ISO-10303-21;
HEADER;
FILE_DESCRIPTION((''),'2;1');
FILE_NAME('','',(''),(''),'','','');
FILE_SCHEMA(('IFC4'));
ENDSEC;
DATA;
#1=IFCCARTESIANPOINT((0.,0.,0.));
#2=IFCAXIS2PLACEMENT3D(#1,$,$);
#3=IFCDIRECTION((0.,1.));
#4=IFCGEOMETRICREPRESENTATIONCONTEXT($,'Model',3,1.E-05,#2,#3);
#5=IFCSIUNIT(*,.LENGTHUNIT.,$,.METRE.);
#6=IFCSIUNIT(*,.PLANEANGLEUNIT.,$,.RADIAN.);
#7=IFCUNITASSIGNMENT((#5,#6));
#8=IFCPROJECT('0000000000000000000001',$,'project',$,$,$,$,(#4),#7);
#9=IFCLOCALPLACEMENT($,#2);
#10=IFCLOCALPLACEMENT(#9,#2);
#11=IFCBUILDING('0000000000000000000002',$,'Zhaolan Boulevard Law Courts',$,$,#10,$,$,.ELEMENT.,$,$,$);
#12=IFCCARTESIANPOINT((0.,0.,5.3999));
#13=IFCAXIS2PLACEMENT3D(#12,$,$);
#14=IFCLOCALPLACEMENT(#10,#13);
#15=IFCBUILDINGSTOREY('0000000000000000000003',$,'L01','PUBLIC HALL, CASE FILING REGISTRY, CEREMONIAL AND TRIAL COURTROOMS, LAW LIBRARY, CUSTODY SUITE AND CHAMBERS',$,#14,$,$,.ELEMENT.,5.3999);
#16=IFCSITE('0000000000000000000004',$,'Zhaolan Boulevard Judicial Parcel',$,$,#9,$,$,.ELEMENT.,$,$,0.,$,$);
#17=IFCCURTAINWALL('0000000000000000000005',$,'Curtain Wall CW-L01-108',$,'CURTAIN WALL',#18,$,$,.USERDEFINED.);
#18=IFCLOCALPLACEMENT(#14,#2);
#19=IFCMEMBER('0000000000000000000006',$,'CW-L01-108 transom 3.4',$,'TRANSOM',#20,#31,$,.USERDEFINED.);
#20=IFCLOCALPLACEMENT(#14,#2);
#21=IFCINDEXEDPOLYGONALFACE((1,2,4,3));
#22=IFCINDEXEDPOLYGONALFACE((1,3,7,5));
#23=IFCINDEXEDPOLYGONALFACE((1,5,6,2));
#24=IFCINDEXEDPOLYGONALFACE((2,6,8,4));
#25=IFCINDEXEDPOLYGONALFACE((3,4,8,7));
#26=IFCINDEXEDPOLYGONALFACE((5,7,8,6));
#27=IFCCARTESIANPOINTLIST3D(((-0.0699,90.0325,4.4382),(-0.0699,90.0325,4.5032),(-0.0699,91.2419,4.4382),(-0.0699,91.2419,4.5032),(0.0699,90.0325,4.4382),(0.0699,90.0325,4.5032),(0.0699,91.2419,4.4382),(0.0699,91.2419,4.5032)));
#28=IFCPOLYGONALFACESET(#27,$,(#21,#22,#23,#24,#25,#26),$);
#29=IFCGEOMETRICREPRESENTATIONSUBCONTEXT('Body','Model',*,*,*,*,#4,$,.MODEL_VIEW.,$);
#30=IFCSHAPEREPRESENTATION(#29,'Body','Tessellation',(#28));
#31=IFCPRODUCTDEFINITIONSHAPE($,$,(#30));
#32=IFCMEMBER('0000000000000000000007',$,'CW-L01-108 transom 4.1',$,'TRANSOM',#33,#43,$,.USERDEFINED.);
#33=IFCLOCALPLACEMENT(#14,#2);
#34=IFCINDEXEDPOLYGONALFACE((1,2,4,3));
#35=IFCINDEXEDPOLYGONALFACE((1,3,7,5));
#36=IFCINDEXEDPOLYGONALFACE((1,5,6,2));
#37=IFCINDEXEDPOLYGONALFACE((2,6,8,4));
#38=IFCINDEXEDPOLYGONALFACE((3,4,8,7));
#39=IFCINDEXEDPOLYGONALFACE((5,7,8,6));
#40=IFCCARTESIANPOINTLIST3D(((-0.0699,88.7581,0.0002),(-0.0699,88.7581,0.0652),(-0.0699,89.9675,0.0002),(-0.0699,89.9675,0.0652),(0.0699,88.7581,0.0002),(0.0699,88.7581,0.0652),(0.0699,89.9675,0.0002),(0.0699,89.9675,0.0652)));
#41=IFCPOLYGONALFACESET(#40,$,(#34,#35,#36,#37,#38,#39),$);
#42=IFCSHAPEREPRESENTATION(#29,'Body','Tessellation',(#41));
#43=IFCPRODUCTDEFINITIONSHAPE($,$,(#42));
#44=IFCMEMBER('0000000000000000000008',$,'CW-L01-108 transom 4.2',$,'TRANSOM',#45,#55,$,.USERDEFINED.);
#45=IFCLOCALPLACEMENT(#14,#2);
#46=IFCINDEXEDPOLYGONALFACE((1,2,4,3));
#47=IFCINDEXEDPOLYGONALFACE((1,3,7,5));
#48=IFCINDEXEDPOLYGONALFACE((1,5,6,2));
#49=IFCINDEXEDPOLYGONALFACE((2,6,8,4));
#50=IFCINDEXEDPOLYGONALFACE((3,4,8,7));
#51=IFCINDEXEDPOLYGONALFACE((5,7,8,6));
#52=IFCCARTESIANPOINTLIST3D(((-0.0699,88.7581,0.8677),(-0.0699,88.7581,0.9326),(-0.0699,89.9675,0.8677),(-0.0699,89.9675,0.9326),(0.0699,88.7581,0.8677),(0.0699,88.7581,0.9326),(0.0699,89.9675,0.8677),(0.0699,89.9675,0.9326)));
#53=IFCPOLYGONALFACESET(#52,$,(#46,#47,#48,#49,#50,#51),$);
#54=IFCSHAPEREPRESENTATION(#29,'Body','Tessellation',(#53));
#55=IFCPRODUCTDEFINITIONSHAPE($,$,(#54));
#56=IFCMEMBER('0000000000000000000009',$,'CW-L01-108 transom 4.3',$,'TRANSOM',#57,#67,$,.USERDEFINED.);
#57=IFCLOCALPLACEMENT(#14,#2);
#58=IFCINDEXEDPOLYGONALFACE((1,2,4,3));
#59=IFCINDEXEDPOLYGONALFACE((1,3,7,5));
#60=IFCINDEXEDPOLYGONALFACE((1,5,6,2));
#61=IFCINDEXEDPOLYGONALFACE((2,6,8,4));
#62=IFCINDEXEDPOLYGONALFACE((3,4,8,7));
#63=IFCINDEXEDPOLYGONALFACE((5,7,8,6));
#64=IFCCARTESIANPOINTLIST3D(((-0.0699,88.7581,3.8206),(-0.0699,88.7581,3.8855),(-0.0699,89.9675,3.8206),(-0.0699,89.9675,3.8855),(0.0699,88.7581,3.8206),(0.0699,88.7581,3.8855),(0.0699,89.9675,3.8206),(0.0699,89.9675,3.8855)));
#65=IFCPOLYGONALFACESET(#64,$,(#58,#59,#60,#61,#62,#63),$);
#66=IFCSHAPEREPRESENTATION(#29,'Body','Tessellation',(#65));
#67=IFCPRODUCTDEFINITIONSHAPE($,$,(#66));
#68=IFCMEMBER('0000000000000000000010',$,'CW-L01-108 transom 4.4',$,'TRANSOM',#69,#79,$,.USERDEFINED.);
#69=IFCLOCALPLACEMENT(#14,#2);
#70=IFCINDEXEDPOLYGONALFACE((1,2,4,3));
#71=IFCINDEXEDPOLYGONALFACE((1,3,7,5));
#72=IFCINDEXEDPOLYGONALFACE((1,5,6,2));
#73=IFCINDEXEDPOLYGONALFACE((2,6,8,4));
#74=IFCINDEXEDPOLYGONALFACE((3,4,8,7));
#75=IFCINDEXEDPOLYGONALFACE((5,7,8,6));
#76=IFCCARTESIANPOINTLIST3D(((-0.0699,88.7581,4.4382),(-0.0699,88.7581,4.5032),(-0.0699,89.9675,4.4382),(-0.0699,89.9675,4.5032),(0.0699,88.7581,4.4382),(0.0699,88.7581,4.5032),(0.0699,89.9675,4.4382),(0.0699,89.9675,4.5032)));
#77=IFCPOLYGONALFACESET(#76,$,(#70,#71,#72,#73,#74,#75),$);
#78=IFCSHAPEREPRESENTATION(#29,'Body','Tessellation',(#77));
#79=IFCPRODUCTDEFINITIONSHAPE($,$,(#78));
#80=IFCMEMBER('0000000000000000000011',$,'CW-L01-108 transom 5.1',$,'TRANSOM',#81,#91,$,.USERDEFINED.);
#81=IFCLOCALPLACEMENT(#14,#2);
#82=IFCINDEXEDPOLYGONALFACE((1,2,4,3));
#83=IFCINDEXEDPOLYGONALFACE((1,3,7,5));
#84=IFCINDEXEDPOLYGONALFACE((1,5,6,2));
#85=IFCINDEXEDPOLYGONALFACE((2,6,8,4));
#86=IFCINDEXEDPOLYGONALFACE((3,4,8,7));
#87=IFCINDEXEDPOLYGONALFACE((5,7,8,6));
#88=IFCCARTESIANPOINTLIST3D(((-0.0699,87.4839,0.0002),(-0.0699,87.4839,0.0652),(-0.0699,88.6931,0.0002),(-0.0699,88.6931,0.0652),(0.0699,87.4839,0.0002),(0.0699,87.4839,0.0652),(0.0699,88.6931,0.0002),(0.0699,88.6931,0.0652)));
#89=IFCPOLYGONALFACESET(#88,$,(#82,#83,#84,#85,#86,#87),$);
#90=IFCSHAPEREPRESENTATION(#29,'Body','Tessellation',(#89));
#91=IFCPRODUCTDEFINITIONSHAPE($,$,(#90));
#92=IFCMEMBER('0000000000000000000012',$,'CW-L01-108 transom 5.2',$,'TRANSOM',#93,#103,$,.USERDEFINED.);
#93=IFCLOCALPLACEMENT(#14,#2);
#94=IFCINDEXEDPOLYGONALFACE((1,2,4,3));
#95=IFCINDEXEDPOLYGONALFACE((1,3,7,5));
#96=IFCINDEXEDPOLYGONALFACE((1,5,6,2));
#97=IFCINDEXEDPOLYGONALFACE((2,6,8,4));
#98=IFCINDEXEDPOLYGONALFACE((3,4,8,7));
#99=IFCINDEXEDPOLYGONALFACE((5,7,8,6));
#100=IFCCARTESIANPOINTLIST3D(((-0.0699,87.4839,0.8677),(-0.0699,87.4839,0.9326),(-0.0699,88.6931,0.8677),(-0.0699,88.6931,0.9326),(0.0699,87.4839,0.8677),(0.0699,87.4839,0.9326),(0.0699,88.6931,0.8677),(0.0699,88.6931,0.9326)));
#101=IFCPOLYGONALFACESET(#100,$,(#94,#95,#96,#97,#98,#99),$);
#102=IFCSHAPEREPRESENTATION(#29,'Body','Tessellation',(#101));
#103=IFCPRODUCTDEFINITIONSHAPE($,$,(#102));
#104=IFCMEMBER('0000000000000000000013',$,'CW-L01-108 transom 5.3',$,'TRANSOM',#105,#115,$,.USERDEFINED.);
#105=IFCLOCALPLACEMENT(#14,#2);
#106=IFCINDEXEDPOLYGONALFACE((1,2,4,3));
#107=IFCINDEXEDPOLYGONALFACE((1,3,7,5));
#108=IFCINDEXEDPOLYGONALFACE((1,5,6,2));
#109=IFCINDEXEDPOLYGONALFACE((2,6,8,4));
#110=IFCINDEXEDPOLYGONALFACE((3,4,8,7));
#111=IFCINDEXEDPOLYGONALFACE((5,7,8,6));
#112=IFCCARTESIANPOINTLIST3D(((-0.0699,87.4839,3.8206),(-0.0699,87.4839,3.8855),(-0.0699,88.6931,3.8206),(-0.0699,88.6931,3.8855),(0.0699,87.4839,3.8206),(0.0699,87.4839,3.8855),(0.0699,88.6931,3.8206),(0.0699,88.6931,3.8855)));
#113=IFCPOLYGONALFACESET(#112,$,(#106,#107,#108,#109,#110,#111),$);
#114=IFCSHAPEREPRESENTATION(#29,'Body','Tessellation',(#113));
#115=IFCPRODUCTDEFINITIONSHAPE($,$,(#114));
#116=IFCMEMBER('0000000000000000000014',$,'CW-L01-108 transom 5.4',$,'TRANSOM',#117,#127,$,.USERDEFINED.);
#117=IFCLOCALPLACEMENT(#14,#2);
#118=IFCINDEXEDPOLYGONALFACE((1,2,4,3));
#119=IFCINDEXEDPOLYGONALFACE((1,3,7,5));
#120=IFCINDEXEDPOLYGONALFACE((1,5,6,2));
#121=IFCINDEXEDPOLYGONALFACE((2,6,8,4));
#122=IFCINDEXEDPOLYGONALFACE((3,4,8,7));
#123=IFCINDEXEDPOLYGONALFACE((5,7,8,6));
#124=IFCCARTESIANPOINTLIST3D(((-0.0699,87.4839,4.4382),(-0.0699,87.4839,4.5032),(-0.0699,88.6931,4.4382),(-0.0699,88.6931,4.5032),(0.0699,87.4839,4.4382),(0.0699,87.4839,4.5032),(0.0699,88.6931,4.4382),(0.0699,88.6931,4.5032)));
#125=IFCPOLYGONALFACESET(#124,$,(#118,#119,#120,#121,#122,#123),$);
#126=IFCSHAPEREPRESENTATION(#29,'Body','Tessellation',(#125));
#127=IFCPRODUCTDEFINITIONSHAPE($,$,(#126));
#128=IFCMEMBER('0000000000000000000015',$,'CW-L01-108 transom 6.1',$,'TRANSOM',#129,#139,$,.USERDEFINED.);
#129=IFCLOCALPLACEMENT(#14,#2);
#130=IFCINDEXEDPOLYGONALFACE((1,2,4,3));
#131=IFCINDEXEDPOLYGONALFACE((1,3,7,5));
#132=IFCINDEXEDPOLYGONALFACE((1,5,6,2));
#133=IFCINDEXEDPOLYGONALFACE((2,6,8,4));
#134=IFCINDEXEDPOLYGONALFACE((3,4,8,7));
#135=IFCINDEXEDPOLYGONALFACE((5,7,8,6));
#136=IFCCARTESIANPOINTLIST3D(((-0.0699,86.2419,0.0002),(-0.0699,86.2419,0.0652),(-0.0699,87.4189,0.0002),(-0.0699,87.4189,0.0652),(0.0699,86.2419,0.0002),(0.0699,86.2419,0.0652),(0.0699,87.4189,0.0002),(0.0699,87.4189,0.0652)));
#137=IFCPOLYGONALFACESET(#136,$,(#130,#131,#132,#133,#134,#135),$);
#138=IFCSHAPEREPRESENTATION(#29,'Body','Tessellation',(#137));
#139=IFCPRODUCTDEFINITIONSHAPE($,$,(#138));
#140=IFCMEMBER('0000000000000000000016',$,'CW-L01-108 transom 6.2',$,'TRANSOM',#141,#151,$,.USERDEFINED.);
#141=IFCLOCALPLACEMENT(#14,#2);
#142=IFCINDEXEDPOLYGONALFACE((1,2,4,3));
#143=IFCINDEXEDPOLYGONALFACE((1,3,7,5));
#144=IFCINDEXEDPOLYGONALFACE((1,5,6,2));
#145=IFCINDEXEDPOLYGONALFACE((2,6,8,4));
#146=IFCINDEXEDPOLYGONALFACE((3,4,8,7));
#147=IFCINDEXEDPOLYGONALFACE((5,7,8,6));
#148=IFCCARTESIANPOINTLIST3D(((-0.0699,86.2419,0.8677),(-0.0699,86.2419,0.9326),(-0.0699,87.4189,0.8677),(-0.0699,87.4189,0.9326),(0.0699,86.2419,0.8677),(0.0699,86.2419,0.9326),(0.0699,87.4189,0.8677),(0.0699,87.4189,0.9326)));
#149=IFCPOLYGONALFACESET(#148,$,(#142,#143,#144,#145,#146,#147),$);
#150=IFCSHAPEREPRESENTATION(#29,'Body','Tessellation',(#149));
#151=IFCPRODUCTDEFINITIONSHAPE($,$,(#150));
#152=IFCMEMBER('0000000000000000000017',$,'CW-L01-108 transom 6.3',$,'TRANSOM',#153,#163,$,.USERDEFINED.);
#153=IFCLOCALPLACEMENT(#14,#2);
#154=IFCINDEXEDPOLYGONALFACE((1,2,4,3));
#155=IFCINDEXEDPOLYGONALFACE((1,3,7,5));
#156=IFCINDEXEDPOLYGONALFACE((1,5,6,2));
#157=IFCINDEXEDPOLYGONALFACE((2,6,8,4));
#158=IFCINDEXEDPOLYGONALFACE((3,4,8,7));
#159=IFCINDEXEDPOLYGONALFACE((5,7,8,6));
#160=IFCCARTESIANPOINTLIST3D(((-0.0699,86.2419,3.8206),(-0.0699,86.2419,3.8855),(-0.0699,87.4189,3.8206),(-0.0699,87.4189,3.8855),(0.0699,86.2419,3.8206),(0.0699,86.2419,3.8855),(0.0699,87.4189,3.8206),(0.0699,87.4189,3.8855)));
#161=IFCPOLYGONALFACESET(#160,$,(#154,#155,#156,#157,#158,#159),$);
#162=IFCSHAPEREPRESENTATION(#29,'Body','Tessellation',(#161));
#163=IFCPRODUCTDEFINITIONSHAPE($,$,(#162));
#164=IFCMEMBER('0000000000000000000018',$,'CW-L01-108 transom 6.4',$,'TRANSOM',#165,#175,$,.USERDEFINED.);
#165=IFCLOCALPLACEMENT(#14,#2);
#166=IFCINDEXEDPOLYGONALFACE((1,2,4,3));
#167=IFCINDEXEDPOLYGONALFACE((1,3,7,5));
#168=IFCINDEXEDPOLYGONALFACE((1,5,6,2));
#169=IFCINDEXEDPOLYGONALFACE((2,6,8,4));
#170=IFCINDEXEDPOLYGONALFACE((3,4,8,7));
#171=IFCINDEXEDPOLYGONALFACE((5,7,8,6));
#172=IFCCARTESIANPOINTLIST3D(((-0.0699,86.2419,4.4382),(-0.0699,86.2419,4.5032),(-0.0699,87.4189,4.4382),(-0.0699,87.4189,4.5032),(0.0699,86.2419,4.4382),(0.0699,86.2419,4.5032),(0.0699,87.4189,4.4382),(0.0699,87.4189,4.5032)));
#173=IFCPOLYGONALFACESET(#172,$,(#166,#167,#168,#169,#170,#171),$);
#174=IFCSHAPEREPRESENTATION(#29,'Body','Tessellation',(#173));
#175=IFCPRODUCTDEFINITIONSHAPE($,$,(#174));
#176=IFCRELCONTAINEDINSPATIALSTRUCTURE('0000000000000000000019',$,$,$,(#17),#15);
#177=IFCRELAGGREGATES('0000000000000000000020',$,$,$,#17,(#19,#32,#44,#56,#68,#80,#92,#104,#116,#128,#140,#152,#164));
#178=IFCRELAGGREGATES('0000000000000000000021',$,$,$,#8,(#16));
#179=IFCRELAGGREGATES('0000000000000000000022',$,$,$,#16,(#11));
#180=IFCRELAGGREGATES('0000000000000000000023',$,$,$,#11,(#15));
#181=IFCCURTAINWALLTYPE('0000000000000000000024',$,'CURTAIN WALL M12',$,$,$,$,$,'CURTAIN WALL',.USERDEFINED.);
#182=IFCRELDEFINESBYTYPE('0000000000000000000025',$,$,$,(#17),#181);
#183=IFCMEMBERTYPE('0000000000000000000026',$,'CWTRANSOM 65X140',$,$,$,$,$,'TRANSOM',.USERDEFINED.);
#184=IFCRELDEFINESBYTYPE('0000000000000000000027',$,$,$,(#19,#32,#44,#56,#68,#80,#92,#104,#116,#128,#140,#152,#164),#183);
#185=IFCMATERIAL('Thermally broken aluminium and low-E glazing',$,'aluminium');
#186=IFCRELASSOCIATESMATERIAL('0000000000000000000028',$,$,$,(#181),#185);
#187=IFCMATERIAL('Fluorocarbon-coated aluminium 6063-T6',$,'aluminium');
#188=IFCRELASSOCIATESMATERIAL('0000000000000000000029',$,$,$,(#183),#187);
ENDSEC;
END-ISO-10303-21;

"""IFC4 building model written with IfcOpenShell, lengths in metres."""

from ifc_helpers import new_model, si_unit, direction, frame, origin, origin_2d, place, context, subcontext, project, spatial, rectangle, extrude, material, material_profile, profile_set, type_object, element, aggregate, save


model = new_model("IFC4")

# Units and contexts
model_context = context("Model", 3, precision=1e-05, world=origin(), true_north=direction((0.0, 1.0)))
body_context = subcontext(model_context, "Body", "Model", "MODEL_VIEW")
ifc_project = project(units=[si_unit("LENGTHUNIT", "METRE"), si_unit("PLANEANGLEUNIT", "RADIAN")], contexts=[model_context])

# Site, building, storey
site_placement = place(None, origin())
site = spatial("IfcSite", under=ifc_project, at=site_placement, Name="Zhaolan Boulevard Judicial Parcel", CompositionType="ELEMENT", RefElevation=0.0)
building_placement = place(site_placement, origin())
building = spatial("IfcBuilding", under=site, at=building_placement, Name="Zhaolan Boulevard Law Courts", CompositionType="ELEMENT")
storey_placement = place(building_placement, frame((0.0, 0.0, 5.3999)))
storey = spatial("IfcBuildingStorey", under=building, at=storey_placement, Name="L01", Description="PUBLIC HALL, CASE FILING REGISTRY, CEREMONIAL AND TRIAL COURTROOMS, LAW LIBRARY, CUSTODY SUITE AND CHAMBERS", CompositionType="ELEMENT", Elevation=5.3999)

# Curtain wall
ifc_material_1 = material(Name="Thermally broken aluminium and low-E glazing", Category="aluminium")
curtain_wall_type_1 = type_object("IfcCurtainWallType", Name="CURTAIN WALL M12", ElementType="CURTAIN WALL", PredefinedType="USERDEFINED", material=ifc_material_1)
curtain_wall_1_placement = place(storey_placement, origin())
curtain_wall_1 = element("IfcCurtainWall", 1, at=curtain_wall_1_placement, inside=storey, type_object=curtain_wall_type_1, Name="Curtain Wall CW-L01-108", ObjectType="CURTAIN WALL", PredefinedType="USERDEFINED")

# Members
ifc_material_2 = material(Name="Fluorocarbon-coated aluminium 6063-T6", Category="aluminium")
ifc_material_profile_1 = material_profile(ifc_material_2, rectangle(XDim=0.1399, YDim=0.0649, at=origin_2d()), Name="AL65x140")
ifc_profile_set_1 = profile_set([ifc_material_profile_1], Name="Fluorocarbon-coated aluminium 6063-T6")
member_type_1 = type_object("IfcMemberType", Name="CWTRANSOM 65X140", ElementType="TRANSOM", PredefinedType="USERDEFINED", material=ifc_profile_set_1)
member_1_placement = place(storey_placement, frame((0.0, 91.2419, 4.4707), z_axis=(0.0, -1.0, 0.0), x_axis=(1.0, 0.0, 0.0)))
member_1 = element("IfcMember", 2, at=member_1_placement, type_object=member_type_1, Name="CW-L01-108 transom 3.4", ObjectType="TRANSOM", PredefinedType="USERDEFINED", context=body_context, shape_type="SweptSolid", body=[
    extrude(rectangle(XDim=0.1399, YDim=0.0649, at=origin_2d()), origin(), (0.0, 0.0, 1.0), 1.2095),
])
member_2_placement = place(storey_placement, frame((0.0, 89.9675, 0.0327), z_axis=(0.0, -1.0, 0.0), x_axis=(1.0, 0.0, 0.0)))
member_2 = element("IfcMember", 3, at=member_2_placement, type_object=member_type_1, Name="CW-L01-108 transom 4.1", ObjectType="TRANSOM", PredefinedType="USERDEFINED", context=body_context, shape_type="SweptSolid", body=[
    extrude(rectangle(XDim=0.1399, YDim=0.0649, at=origin_2d()), origin(), (0.0, 0.0, 1.0), 1.2095),
])
member_3_placement = place(storey_placement, frame((0.0, 89.9675, 0.9001), z_axis=(0.0, -1.0, 0.0), x_axis=(1.0, 0.0, 0.0)))
member_3 = element("IfcMember", 4, at=member_3_placement, type_object=member_type_1, Name="CW-L01-108 transom 4.2", ObjectType="TRANSOM", PredefinedType="USERDEFINED", context=body_context, shape_type="SweptSolid", body=[
    extrude(rectangle(XDim=0.1399, YDim=0.0649, at=origin_2d()), origin(), (0.0, 0.0, 1.0), 1.2095),
])
member_4_placement = place(storey_placement, frame((0.0, 89.9675, 3.853), z_axis=(0.0, -1.0, 0.0), x_axis=(1.0, 0.0, 0.0)))
member_4 = element("IfcMember", 5, at=member_4_placement, type_object=member_type_1, Name="CW-L01-108 transom 4.3", ObjectType="TRANSOM", PredefinedType="USERDEFINED", context=body_context, shape_type="SweptSolid", body=[
    extrude(rectangle(XDim=0.1399, YDim=0.0649, at=origin_2d()), origin(), (0.0, 0.0, 1.0), 1.2095),
])
member_5_placement = place(storey_placement, frame((0.0, 89.9675, 4.4707), z_axis=(0.0, -1.0, 0.0), x_axis=(1.0, 0.0, 0.0)))
member_5 = element("IfcMember", 6, at=member_5_placement, type_object=member_type_1, Name="CW-L01-108 transom 4.4", ObjectType="TRANSOM", PredefinedType="USERDEFINED", context=body_context, shape_type="SweptSolid", body=[
    extrude(rectangle(XDim=0.1399, YDim=0.0649, at=origin_2d()), origin(), (0.0, 0.0, 1.0), 1.2095),
])
member_6_placement = place(storey_placement, frame((0.0, 88.6931, 0.0327), z_axis=(0.0, -1.0, 0.0), x_axis=(1.0, 0.0, 0.0)))
member_6 = element("IfcMember", 7, at=member_6_placement, type_object=member_type_1, Name="CW-L01-108 transom 5.1", ObjectType="TRANSOM", PredefinedType="USERDEFINED", context=body_context, shape_type="SweptSolid", body=[
    extrude(rectangle(XDim=0.1399, YDim=0.0649, at=origin_2d()), origin(), (0.0, 0.0, 1.0), 1.2092),
])
member_7_placement = place(storey_placement, frame((0.0, 88.6931, 0.9001), z_axis=(0.0, -1.0, 0.0), x_axis=(1.0, 0.0, 0.0)))
member_7 = element("IfcMember", 8, at=member_7_placement, type_object=member_type_1, Name="CW-L01-108 transom 5.2", ObjectType="TRANSOM", PredefinedType="USERDEFINED", context=body_context, shape_type="SweptSolid", body=[
    extrude(rectangle(XDim=0.1399, YDim=0.0649, at=origin_2d()), origin(), (0.0, 0.0, 1.0), 1.2092),
])
member_8_placement = place(storey_placement, frame((0.0, 88.6931, 3.853), z_axis=(0.0, -1.0, 0.0), x_axis=(1.0, 0.0, 0.0)))
member_8 = element("IfcMember", 9, at=member_8_placement, type_object=member_type_1, Name="CW-L01-108 transom 5.3", ObjectType="TRANSOM", PredefinedType="USERDEFINED", context=body_context, shape_type="SweptSolid", body=[
    extrude(rectangle(XDim=0.1399, YDim=0.0649, at=origin_2d()), origin(), (0.0, 0.0, 1.0), 1.2092),
])
member_9_placement = place(storey_placement, frame((0.0, 88.6931, 4.4707), z_axis=(0.0, -1.0, 0.0), x_axis=(1.0, 0.0, 0.0)))
member_9 = element("IfcMember", 10, at=member_9_placement, type_object=member_type_1, Name="CW-L01-108 transom 5.4", ObjectType="TRANSOM", PredefinedType="USERDEFINED", context=body_context, shape_type="SweptSolid", body=[
    extrude(rectangle(XDim=0.1399, YDim=0.0649, at=origin_2d()), origin(), (0.0, 0.0, 1.0), 1.2092),
])
member_10_placement = place(storey_placement, frame((0.0, 87.4189, 0.0327), z_axis=(0.0, -1.0, 0.0), x_axis=(1.0, 0.0, 0.0)))
member_10 = element("IfcMember", 11, at=member_10_placement, type_object=member_type_1, Name="CW-L01-108 transom 6.1", ObjectType="TRANSOM", PredefinedType="USERDEFINED", context=body_context, shape_type="SweptSolid", body=[
    extrude(rectangle(XDim=0.1399, YDim=0.0649, at=origin_2d()), origin(), (0.0, 0.0, 1.0), 1.177),
])
member_11_placement = place(storey_placement, frame((0.0, 87.4189, 0.9001), z_axis=(0.0, -1.0, 0.0), x_axis=(1.0, 0.0, 0.0)))
member_11 = element("IfcMember", 12, at=member_11_placement, type_object=member_type_1, Name="CW-L01-108 transom 6.2", ObjectType="TRANSOM", PredefinedType="USERDEFINED", context=body_context, shape_type="SweptSolid", body=[
    extrude(rectangle(XDim=0.1399, YDim=0.0649, at=origin_2d()), origin(), (0.0, 0.0, 1.0), 1.177),
])
member_12_placement = place(storey_placement, frame((0.0, 87.4189, 3.853), z_axis=(0.0, -1.0, 0.0), x_axis=(1.0, 0.0, 0.0)))
member_12 = element("IfcMember", 13, at=member_12_placement, type_object=member_type_1, Name="CW-L01-108 transom 6.3", ObjectType="TRANSOM", PredefinedType="USERDEFINED", context=body_context, shape_type="SweptSolid", body=[
    extrude(rectangle(XDim=0.1399, YDim=0.0649, at=origin_2d()), origin(), (0.0, 0.0, 1.0), 1.177),
])
member_13_placement = place(storey_placement, frame((0.0, 87.4189, 4.4707), z_axis=(0.0, -1.0, 0.0), x_axis=(1.0, 0.0, 0.0)))
member_13 = element("IfcMember", 14, at=member_13_placement, type_object=member_type_1, Name="CW-L01-108 transom 6.4", ObjectType="TRANSOM", PredefinedType="USERDEFINED", context=body_context, shape_type="SweptSolid", body=[
    extrude(rectangle(XDim=0.1399, YDim=0.0649, at=origin_2d()), origin(), (0.0, 0.0, 1.0), 1.177),
])

aggregate(curtain_wall_1, [member_1, member_2, member_3, member_4, member_5, member_6, member_7, member_8, member_9, member_10, member_11, member_12, member_13])

save(model, "model.ifc")
